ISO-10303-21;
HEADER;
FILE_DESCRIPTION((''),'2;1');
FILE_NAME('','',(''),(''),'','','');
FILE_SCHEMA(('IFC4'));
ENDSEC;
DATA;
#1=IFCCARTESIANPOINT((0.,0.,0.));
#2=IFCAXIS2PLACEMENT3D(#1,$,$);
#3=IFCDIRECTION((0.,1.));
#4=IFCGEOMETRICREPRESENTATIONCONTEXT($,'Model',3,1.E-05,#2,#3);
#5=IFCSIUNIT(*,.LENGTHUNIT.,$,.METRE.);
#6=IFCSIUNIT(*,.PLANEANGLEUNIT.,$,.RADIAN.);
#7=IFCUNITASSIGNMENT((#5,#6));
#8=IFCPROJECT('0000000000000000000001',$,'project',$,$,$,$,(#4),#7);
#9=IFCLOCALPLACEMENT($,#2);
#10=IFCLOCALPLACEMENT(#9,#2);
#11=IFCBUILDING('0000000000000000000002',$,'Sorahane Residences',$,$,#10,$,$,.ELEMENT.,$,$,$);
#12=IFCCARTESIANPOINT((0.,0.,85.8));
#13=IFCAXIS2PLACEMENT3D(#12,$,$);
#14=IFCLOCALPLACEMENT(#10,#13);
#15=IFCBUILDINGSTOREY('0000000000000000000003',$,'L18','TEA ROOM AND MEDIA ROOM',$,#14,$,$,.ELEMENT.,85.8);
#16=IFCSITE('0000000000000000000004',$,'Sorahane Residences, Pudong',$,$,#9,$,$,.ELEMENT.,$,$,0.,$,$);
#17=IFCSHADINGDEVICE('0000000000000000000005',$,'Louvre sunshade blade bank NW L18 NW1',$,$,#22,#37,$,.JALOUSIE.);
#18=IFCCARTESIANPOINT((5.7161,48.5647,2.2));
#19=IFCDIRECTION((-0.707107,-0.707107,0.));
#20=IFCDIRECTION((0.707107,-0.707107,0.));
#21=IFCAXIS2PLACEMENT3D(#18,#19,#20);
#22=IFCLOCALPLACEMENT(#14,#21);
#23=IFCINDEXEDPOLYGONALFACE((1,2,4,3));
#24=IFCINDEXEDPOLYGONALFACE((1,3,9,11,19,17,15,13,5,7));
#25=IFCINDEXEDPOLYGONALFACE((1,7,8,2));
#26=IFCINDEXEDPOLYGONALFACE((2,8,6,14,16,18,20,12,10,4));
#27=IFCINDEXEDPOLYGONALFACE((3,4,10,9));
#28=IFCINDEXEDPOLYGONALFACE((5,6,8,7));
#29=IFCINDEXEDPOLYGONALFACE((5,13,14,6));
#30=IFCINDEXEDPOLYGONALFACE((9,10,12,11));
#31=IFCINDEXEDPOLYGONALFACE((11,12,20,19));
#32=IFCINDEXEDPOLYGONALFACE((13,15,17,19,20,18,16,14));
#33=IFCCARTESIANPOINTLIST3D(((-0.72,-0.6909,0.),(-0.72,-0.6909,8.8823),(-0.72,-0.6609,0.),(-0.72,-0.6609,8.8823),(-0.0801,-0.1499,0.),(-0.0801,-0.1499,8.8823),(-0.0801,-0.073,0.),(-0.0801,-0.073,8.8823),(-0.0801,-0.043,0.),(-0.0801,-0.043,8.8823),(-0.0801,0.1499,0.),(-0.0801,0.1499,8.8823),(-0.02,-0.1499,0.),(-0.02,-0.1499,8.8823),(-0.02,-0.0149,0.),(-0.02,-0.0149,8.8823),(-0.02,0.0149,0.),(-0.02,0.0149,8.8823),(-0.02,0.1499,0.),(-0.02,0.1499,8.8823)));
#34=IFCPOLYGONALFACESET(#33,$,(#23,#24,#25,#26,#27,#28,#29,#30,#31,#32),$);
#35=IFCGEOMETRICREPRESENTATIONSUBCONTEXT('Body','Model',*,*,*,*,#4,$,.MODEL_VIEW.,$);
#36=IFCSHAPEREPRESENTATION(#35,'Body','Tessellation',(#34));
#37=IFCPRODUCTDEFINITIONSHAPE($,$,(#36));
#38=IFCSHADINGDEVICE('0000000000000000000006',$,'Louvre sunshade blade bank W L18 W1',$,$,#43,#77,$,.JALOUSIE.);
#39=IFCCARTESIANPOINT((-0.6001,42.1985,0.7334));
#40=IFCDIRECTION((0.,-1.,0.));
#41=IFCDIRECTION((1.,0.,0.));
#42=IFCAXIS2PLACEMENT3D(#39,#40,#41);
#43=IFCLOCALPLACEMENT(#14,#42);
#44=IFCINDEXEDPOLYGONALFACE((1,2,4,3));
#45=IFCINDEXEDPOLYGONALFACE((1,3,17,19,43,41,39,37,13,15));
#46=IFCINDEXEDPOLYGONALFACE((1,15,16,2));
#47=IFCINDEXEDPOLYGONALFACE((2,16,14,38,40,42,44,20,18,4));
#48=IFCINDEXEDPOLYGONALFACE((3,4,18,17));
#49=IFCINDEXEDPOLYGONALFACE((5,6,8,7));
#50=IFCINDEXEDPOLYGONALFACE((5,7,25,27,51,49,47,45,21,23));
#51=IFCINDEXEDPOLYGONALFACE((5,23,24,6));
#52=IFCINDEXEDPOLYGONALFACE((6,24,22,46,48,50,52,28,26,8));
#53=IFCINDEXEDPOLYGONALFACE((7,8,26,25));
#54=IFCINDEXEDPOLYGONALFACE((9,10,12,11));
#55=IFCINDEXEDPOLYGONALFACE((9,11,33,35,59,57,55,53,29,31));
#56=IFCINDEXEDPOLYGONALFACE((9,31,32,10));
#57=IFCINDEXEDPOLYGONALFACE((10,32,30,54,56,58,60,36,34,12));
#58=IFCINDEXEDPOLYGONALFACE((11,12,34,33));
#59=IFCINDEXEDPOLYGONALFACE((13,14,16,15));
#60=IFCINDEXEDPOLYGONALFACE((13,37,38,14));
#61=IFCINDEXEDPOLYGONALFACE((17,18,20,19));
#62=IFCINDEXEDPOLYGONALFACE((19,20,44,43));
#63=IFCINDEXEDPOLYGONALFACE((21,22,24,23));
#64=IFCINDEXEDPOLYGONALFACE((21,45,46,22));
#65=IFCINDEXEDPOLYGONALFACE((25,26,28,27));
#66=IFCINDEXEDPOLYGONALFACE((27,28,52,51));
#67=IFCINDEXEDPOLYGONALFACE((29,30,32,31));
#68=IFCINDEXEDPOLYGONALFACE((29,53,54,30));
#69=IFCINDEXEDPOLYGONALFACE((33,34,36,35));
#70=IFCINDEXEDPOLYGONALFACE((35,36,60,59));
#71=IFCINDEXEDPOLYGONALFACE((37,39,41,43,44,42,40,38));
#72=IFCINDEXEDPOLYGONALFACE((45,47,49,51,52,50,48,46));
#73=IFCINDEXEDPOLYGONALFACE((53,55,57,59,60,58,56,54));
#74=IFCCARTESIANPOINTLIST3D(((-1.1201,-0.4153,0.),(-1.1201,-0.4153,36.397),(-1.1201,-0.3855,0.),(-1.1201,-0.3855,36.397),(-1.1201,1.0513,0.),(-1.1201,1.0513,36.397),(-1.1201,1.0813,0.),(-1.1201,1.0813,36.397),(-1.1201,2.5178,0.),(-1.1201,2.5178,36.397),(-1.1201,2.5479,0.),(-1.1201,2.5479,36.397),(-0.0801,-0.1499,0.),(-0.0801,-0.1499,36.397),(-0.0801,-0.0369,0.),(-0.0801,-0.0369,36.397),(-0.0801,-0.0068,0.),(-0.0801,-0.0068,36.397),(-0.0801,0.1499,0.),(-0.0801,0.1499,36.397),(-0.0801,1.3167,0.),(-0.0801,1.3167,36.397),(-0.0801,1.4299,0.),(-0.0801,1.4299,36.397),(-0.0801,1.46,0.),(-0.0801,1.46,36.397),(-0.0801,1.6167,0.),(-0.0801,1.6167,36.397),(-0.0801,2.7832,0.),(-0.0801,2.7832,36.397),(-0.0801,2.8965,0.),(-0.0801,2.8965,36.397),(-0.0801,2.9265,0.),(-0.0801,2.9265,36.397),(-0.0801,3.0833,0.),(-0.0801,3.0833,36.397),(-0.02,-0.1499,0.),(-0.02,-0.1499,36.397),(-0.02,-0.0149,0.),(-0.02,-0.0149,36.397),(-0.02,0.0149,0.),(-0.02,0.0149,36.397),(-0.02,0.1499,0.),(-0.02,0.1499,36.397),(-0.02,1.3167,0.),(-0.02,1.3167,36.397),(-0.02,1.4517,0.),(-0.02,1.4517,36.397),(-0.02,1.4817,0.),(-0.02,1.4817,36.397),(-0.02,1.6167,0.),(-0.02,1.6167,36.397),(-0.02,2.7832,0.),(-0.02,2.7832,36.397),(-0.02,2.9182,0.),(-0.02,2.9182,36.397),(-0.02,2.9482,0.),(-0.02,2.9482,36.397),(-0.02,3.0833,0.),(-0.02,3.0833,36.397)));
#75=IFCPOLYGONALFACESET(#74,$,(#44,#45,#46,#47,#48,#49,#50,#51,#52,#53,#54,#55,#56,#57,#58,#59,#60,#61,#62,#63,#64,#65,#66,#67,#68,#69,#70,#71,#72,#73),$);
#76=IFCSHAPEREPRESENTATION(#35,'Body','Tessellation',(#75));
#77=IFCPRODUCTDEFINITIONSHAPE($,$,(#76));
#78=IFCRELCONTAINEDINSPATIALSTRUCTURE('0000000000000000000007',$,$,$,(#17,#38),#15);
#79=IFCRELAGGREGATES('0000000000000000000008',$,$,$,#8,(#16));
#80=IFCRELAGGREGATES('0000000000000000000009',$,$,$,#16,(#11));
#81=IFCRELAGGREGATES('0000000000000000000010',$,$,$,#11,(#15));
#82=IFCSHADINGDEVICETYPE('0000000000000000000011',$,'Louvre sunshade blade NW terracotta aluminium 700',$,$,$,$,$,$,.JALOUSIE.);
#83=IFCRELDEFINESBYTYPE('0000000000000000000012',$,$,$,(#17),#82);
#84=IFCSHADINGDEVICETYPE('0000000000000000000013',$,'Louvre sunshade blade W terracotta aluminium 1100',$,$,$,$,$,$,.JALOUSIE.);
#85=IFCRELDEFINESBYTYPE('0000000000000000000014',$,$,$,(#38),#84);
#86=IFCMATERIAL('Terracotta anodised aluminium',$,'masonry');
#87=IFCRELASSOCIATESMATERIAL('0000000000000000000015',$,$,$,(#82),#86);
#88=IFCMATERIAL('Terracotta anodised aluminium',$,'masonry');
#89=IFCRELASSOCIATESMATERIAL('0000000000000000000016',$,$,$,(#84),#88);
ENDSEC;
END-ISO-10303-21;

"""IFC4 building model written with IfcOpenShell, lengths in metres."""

from ifc_helpers import new_model, si_unit, direction, frame, origin, place, context, subcontext, project, spatial, polyline, outline, composite_profile, extrude, material, type_object, element, save


model = new_model("IFC4")

# Units and contexts
model_context = context("Model", 3, precision=1e-05, world=origin(), true_north=direction((0.0, 1.0)))
body_context = subcontext(model_context, "Body", "Model", "MODEL_VIEW")
ifc_project = project(units=[si_unit("LENGTHUNIT", "METRE"), si_unit("PLANEANGLEUNIT", "RADIAN")], contexts=[model_context])

# Site, building, storey
site_placement = place(None, origin())
site = spatial("IfcSite", under=ifc_project, at=site_placement, Name="Sorahane Residences, Pudong", CompositionType="ELEMENT", RefElevation=0.0)
building_placement = place(site_placement, origin())
building = spatial("IfcBuilding", under=site, at=building_placement, Name="Sorahane Residences", CompositionType="ELEMENT")
storey_placement = place(building_placement, frame((0.0, 0.0, 85.8)))
storey = spatial("IfcBuildingStorey", under=building, at=storey_placement, Name="L18", Description="TEA ROOM AND MEDIA ROOM", CompositionType="ELEMENT", Elevation=85.8)

# Shading devices
ifc_material_1 = material(Name="Terracotta anodised aluminium", Category="masonry")
shading_device_type_1 = type_object("IfcShadingDeviceType", Name="Louvre sunshade blade NW terracotta aluminium 700", PredefinedType="JALOUSIE", material=ifc_material_1)
shading_device_1_placement = place(storey_placement, frame((5.7161, 48.5647, 2.2), z_axis=(-0.707107, -0.707107, 0.0), x_axis=(0.707107, -0.707107, 0.0)))
element("IfcShadingDevice", 1, at=shading_device_1_placement, inside=storey, type_object=shading_device_type_1, Name="Louvre sunshade blade bank NW L18 NW1", PredefinedType="JALOUSIE", context=body_context, shape_type="SweptSolid", body=[
    extrude(outline(polyline([(-0.72, -0.6609), (-0.72, -0.6909), (-0.0801, -0.073), (-0.0801, -0.1499), (-0.02, -0.1499), (-0.02, -0.0149), (-0.02, 0.0149), (-0.02, 0.1499), (-0.0801, 0.1499), (-0.0801, -0.043), (-0.72, -0.6609)])), origin(), (0.0, 0.0, 1.0), 8.8823),
])
ifc_material_2 = material(Name="Terracotta anodised aluminium", Category="masonry")
shading_device_type_2 = type_object("IfcShadingDeviceType", Name="Louvre sunshade blade W terracotta aluminium 1100", PredefinedType="JALOUSIE", material=ifc_material_2)
shading_device_2_placement = place(storey_placement, frame((-0.6001, 42.1985, 0.7334), z_axis=(0.0, -1.0, 0.0), x_axis=(1.0, 0.0, 0.0)))
element("IfcShadingDevice", 2, at=shading_device_2_placement, inside=storey, type_object=shading_device_type_2, Name="Louvre sunshade blade bank W L18 W1", PredefinedType="JALOUSIE", context=body_context, shape_type="SweptSolid", body=[
    extrude(composite_profile([outline(polyline([(-1.1201, -0.3855), (-1.1201, -0.4153), (-0.0801, -0.0369), (-0.0801, -0.1499), (-0.02, -0.1499), (-0.02, -0.0149), (-0.02, 0.0149), (-0.02, 0.1499), (-0.0801, 0.1499), (-0.0801, -0.0068), (-1.1201, -0.3855)])), outline(polyline([(-1.1201, 1.0813), (-1.1201, 1.0513), (-0.0801, 1.4299), (-0.0801, 1.3167), (-0.02, 1.3167), (-0.02, 1.4517), (-0.02, 1.4817), (-0.02, 1.6167), (-0.0801, 1.6167), (-0.0801, 1.46), (-1.1201, 1.0813)])), outline(polyline([(-1.1201, 2.5479), (-1.1201, 2.5178), (-0.0801, 2.8965), (-0.0801, 2.7832), (-0.02, 2.7832), (-0.02, 2.9182), (-0.02, 2.9482), (-0.02, 3.0833), (-0.0801, 3.0833), (-0.0801, 2.9265), (-1.1201, 2.5479)]))]), origin(), (0.0, 0.0, 1.0), 36.397),
])

save(model, "model.ifc")
